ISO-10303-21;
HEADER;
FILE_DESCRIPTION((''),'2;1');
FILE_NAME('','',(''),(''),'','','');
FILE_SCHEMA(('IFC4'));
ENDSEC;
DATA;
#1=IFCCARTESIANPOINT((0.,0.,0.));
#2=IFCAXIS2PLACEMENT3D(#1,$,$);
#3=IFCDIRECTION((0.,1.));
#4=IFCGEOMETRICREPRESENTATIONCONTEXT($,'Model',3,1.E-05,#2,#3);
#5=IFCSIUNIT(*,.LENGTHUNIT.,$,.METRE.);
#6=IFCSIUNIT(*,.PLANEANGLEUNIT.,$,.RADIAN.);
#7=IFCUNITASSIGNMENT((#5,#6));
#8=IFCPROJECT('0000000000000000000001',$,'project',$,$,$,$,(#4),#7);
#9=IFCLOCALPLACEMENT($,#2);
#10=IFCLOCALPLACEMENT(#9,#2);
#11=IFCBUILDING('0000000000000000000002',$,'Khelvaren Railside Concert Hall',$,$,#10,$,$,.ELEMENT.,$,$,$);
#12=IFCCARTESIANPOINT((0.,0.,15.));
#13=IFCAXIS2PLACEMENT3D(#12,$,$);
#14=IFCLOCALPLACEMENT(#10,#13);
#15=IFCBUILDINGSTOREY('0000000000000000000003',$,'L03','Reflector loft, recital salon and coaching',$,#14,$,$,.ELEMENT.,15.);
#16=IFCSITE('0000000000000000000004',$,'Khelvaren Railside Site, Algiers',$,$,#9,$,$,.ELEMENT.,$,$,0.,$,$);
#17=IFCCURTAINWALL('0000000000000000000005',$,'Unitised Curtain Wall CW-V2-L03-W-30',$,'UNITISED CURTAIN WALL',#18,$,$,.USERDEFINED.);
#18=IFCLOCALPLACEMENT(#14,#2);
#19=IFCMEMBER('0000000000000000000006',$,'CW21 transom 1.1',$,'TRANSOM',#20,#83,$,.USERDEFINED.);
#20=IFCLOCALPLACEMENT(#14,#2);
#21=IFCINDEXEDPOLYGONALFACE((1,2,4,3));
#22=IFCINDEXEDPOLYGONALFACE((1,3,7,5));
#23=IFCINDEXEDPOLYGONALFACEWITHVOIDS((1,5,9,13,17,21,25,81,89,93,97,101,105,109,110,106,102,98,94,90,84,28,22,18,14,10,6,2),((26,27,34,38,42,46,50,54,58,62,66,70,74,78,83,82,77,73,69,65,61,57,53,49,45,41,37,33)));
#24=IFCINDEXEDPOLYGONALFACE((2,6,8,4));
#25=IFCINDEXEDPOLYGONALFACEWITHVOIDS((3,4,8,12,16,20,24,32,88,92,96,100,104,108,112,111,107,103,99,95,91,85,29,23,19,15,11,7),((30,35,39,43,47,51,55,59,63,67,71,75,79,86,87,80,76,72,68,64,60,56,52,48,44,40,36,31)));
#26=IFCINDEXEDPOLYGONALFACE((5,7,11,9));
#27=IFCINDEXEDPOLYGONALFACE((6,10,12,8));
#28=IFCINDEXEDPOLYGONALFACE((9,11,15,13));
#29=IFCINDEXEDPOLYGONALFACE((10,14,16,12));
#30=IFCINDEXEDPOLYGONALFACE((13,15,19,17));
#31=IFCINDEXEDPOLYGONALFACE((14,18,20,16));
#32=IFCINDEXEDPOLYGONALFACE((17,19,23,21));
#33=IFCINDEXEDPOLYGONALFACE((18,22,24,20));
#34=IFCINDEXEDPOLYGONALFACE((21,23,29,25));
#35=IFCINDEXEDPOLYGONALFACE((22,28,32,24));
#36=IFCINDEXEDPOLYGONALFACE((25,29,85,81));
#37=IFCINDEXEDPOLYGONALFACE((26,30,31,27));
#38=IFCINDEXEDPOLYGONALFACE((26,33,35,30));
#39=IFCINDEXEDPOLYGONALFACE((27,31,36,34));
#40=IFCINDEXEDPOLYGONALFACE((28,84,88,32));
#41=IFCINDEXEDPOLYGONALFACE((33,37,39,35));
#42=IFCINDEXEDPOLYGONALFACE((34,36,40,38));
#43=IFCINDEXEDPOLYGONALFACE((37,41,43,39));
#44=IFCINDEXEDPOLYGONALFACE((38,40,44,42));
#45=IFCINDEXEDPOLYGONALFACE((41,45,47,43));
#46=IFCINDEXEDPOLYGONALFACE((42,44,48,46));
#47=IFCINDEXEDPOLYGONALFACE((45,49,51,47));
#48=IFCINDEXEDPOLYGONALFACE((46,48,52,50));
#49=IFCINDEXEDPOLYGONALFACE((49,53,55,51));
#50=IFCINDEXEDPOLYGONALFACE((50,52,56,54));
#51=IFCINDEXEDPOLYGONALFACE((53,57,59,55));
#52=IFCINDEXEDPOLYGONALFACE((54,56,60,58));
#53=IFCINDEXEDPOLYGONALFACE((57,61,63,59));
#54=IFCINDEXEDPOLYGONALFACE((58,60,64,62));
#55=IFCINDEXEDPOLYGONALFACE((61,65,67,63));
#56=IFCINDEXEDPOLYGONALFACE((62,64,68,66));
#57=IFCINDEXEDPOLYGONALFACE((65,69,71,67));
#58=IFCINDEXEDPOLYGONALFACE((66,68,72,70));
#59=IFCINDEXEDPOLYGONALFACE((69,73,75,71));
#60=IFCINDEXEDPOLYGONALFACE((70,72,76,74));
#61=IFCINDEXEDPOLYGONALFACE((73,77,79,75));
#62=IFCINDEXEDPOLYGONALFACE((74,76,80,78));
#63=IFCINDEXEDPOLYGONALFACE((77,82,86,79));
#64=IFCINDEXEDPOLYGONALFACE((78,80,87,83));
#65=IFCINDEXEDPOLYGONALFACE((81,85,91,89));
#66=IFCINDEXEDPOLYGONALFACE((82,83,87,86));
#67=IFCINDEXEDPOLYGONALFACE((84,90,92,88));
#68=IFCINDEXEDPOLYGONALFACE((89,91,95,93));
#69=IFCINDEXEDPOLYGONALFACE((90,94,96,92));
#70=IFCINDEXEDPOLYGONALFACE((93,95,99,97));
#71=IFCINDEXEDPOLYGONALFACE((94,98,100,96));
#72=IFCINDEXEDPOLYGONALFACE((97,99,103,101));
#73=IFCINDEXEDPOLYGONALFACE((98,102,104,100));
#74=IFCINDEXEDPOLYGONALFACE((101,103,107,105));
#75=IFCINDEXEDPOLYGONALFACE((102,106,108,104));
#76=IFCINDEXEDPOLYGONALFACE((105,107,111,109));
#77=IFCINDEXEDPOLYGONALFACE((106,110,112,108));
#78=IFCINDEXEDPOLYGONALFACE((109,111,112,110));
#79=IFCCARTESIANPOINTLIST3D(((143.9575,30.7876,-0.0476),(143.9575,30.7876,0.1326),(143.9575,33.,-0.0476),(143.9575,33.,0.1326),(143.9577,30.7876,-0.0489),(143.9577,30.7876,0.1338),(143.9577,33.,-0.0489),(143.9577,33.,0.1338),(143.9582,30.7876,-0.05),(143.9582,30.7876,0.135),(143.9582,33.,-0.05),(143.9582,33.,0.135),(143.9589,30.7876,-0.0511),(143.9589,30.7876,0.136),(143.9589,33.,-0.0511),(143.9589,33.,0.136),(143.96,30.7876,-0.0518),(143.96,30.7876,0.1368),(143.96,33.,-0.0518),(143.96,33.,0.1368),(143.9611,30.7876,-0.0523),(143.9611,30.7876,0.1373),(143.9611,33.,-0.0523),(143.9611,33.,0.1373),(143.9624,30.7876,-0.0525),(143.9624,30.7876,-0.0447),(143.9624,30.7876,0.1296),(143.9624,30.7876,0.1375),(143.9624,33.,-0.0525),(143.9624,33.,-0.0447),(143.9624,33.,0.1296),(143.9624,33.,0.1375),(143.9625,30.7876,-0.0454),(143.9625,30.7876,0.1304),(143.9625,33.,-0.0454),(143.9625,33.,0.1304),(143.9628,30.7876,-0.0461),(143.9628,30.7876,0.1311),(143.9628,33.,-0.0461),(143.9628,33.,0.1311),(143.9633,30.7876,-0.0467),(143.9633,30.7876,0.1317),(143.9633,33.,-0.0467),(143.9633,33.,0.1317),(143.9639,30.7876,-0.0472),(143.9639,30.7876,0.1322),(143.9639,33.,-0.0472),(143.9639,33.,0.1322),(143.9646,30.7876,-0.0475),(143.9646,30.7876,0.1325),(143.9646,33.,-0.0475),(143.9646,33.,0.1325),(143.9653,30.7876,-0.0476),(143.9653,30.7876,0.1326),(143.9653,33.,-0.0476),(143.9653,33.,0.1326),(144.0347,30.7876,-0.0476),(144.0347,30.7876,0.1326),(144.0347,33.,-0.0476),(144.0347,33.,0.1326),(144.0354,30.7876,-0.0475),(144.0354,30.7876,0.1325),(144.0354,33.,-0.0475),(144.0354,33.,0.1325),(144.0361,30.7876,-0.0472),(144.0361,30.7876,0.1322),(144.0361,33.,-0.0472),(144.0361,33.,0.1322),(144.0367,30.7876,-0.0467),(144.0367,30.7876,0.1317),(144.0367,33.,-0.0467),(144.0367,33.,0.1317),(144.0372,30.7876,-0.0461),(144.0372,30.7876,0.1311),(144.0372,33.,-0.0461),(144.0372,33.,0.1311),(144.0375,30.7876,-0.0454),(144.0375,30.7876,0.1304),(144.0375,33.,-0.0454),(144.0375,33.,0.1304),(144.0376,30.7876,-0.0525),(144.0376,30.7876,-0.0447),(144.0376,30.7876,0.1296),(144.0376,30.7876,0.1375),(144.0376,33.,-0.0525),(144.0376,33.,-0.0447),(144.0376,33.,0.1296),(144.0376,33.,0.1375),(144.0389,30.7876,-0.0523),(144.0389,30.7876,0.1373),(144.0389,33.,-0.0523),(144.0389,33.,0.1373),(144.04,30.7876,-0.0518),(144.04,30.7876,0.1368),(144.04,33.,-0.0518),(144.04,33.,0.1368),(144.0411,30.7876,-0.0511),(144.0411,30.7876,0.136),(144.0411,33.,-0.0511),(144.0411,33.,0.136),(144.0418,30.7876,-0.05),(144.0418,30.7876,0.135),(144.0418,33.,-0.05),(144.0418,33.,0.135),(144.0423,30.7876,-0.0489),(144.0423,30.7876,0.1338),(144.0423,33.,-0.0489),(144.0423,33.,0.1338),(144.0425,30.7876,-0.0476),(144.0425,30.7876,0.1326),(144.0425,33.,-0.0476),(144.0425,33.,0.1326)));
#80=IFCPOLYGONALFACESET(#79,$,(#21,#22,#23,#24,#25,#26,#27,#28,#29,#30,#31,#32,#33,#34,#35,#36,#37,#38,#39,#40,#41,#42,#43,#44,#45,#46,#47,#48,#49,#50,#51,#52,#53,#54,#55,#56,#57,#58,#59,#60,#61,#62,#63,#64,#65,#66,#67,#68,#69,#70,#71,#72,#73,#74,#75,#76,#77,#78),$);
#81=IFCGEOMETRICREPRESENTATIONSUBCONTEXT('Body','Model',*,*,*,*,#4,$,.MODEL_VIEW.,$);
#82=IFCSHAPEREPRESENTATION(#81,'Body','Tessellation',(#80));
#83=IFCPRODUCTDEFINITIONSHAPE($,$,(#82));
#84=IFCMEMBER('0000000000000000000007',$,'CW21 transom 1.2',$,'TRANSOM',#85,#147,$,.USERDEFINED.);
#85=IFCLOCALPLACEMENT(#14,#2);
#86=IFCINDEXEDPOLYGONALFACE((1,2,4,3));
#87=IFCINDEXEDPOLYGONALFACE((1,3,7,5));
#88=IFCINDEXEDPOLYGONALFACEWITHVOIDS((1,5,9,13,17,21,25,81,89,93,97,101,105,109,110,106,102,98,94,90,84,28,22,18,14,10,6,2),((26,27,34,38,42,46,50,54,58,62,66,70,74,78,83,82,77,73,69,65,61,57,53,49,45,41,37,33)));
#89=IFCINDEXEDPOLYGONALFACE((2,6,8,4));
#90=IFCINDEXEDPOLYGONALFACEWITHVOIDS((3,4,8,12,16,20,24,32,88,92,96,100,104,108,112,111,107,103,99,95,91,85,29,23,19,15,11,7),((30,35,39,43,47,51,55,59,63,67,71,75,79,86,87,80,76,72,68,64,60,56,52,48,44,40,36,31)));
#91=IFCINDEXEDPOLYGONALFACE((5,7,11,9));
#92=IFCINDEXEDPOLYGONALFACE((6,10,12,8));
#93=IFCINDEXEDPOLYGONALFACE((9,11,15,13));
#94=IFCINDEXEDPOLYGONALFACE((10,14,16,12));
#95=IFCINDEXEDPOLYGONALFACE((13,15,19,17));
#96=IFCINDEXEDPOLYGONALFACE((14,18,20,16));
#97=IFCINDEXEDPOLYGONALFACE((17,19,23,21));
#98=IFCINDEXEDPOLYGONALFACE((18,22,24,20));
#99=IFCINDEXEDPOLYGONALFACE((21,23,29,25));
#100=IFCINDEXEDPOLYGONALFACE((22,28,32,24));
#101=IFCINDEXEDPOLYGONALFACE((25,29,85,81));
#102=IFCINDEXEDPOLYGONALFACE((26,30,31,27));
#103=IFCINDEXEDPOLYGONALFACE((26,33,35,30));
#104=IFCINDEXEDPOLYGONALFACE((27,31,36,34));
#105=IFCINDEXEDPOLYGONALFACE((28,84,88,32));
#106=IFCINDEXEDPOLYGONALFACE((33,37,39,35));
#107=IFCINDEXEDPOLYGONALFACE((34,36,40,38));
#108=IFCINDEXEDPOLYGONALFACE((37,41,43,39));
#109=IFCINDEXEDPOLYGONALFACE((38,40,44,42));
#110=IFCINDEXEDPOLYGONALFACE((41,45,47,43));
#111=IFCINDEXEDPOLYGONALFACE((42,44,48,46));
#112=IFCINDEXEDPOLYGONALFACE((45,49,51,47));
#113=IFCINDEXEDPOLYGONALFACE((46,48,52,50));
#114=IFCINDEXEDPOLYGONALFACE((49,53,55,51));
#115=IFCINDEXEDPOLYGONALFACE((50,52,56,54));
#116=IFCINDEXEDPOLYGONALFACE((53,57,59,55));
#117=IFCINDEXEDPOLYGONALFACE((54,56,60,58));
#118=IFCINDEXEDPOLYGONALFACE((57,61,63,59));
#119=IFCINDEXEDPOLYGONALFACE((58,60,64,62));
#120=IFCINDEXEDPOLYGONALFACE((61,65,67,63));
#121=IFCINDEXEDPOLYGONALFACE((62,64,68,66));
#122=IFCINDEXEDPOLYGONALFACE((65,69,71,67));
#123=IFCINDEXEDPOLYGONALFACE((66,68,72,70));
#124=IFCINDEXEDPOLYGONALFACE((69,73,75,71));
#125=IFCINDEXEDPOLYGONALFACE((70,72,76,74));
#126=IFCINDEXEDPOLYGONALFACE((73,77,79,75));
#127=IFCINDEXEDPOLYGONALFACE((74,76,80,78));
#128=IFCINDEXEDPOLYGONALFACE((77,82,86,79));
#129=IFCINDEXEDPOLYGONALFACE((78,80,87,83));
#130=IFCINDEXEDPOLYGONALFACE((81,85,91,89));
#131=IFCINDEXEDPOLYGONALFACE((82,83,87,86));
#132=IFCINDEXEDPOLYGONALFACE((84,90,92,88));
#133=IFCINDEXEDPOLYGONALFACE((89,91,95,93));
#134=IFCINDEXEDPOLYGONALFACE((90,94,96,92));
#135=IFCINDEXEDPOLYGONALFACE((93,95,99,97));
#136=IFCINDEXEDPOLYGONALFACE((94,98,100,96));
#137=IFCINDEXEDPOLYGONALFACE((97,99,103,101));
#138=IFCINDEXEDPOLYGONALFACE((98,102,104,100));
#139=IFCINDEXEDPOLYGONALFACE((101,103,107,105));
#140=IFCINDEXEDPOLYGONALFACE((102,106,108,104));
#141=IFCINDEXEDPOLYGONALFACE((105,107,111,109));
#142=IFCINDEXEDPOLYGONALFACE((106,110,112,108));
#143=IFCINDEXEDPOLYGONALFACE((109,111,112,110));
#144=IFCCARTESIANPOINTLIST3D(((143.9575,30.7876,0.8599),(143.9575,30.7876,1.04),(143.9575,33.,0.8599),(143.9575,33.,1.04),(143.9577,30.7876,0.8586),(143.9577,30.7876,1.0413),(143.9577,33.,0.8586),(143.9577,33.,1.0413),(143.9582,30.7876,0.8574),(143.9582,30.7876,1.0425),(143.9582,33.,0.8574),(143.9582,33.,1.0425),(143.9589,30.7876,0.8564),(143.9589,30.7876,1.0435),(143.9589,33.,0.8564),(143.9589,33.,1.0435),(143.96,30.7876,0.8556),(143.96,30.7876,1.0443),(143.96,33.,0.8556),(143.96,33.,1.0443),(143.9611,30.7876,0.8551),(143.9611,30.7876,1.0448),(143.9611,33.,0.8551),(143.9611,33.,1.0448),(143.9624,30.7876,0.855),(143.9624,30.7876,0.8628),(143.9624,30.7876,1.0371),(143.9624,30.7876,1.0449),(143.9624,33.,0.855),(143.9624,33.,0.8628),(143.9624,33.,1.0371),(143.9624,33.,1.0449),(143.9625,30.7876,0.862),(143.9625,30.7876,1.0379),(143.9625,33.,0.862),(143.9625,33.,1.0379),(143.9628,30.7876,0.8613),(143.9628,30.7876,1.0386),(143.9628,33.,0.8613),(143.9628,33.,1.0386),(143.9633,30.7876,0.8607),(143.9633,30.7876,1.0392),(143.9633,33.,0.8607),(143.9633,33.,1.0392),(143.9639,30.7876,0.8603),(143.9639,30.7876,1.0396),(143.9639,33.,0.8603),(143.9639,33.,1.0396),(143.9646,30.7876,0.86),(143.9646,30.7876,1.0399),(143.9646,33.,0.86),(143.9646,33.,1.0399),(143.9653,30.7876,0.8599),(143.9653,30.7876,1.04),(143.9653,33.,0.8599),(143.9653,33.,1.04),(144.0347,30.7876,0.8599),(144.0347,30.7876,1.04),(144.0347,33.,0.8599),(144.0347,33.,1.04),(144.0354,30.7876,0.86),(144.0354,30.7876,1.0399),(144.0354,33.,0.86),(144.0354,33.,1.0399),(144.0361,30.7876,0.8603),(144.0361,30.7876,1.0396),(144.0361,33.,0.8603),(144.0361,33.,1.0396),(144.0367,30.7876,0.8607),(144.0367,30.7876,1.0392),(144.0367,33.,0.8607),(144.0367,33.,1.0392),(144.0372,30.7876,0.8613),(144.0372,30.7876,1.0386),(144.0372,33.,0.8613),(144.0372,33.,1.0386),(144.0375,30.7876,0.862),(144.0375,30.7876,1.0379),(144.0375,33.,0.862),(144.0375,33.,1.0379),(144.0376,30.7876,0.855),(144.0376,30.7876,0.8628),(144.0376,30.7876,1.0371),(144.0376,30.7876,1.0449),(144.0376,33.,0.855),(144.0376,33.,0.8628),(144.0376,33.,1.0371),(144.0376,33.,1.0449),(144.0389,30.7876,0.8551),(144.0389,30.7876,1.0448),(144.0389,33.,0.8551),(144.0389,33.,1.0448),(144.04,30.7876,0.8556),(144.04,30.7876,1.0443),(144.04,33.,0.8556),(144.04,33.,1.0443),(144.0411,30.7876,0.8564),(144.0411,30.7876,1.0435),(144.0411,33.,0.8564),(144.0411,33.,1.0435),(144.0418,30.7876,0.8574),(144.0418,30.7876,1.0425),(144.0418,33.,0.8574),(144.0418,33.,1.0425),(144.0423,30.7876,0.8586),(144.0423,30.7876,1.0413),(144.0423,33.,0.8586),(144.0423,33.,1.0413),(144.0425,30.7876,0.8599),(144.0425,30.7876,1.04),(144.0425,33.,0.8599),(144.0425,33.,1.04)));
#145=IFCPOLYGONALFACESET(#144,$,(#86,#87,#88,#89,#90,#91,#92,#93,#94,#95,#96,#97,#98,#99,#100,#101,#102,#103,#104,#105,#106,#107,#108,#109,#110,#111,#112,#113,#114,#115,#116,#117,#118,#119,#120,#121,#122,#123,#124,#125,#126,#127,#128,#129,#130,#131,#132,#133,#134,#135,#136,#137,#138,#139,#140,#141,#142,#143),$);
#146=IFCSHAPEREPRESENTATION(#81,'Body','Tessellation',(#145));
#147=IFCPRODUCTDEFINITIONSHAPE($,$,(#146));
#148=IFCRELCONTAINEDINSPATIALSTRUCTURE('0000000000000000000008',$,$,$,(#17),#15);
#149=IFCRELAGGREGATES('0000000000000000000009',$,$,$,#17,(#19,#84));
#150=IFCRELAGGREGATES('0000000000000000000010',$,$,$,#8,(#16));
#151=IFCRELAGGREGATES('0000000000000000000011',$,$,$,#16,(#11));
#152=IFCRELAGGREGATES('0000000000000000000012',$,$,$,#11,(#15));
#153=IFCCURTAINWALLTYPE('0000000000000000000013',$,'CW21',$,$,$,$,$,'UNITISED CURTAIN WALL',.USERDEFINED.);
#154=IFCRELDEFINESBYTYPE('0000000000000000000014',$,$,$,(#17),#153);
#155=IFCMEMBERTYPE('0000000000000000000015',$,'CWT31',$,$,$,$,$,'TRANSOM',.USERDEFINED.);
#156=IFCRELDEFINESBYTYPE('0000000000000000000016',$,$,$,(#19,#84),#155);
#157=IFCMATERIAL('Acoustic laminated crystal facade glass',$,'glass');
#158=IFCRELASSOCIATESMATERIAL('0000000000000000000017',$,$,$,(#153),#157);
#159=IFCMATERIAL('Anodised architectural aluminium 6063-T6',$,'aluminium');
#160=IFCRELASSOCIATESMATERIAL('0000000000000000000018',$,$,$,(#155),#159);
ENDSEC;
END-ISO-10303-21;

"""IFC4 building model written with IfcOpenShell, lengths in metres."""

from ifc_helpers import new_model, si_unit, direction, frame, origin, origin_2d, place, context, subcontext, project, spatial, hollow_rectangle, extrude, material, material_profile, profile_set, type_object, element, aggregate, save


model = new_model("IFC4")

# Units and contexts
model_context = context("Model", 3, precision=1e-05, world=origin(), true_north=direction((0.0, 1.0)))
body_context = subcontext(model_context, "Body", "Model", "MODEL_VIEW")
ifc_project = project(units=[si_unit("LENGTHUNIT", "METRE"), si_unit("PLANEANGLEUNIT", "RADIAN")], contexts=[model_context])

# Site, building, storey
site_placement = place(None, origin())
site = spatial("IfcSite", under=ifc_project, at=site_placement, Name="Khelvaren Railside Site, Algiers", CompositionType="ELEMENT", RefElevation=0.0)
building_placement = place(site_placement, origin())
building = spatial("IfcBuilding", under=site, at=building_placement, Name="Khelvaren Railside Concert Hall", CompositionType="ELEMENT")
storey_placement = place(building_placement, frame((0.0, 0.0, 15.0)))
storey = spatial("IfcBuildingStorey", under=building, at=storey_placement, Name="L03", Description="Reflector loft, recital salon and coaching", CompositionType="ELEMENT", Elevation=15.0)

# Shared definitions
ifc_material_1 = material(Name="Anodised architectural aluminium 6063-T6", Category="aluminium")

# Curtain wall, members
ifc_material_2 = material(Name="Acoustic laminated crystal facade glass", Category="glass")
curtain_wall_type_1 = type_object("IfcCurtainWallType", Name="CW21", ElementType="UNITISED CURTAIN WALL", PredefinedType="USERDEFINED", material=ifc_material_2)
curtain_wall_1_placement = place(storey_placement, origin())
curtain_wall_1 = element("IfcCurtainWall", 1, at=curtain_wall_1_placement, inside=storey, type_object=curtain_wall_type_1, Name="Unitised Curtain Wall CW-V2-L03-W-30", ObjectType="UNITISED CURTAIN WALL", PredefinedType="USERDEFINED")
ifc_material_profile_1 = material_profile(ifc_material_1, hollow_rectangle(XDim=0.085, YDim=0.1899, WallThickness=0.0049, InnerFilletRadius=0.0029, OuterFilletRadius=0.0049, at=origin_2d()), Name="CWT 85x190x5")
ifc_profile_set_1 = profile_set([ifc_material_profile_1], Name="Anodised architectural aluminium 6063-T6")
member_type_1 = type_object("IfcMemberType", Name="CWT31", ElementType="TRANSOM", PredefinedType="USERDEFINED", material=ifc_profile_set_1)
member_1_placement = place(storey_placement, frame((144.0, 30.7876, 0.0425), z_axis=(0.0, 1.0, 0.0), x_axis=(-1.0, 0.0, 0.0)))
member_1 = element("IfcMember", 2, at=member_1_placement, type_object=member_type_1, Name="CW21 transom 1.1", ObjectType="TRANSOM", PredefinedType="USERDEFINED", context=body_context, shape_type="SweptSolid", body=[
    extrude(hollow_rectangle(XDim=0.085, YDim=0.1899, WallThickness=0.0049, InnerFilletRadius=0.0029, OuterFilletRadius=0.0049, at=origin_2d()), origin(), (0.0, 0.0, 1.0), 2.2124),
])
member_2_placement = place(storey_placement, frame((144.0, 30.7876, 0.95), z_axis=(0.0, 1.0, 0.0), x_axis=(-1.0, 0.0, 0.0)))
member_2 = element("IfcMember", 3, at=member_2_placement, type_object=member_type_1, Name="CW21 transom 1.2", ObjectType="TRANSOM", PredefinedType="USERDEFINED", context=body_context, shape_type="SweptSolid", body=[
    extrude(hollow_rectangle(XDim=0.085, YDim=0.1899, WallThickness=0.0049, InnerFilletRadius=0.0029, OuterFilletRadius=0.0049, at=origin_2d()), origin(), (0.0, 0.0, 1.0), 2.2124),
])

aggregate(curtain_wall_1, [member_1, member_2])

save(model, "model.ifc")
